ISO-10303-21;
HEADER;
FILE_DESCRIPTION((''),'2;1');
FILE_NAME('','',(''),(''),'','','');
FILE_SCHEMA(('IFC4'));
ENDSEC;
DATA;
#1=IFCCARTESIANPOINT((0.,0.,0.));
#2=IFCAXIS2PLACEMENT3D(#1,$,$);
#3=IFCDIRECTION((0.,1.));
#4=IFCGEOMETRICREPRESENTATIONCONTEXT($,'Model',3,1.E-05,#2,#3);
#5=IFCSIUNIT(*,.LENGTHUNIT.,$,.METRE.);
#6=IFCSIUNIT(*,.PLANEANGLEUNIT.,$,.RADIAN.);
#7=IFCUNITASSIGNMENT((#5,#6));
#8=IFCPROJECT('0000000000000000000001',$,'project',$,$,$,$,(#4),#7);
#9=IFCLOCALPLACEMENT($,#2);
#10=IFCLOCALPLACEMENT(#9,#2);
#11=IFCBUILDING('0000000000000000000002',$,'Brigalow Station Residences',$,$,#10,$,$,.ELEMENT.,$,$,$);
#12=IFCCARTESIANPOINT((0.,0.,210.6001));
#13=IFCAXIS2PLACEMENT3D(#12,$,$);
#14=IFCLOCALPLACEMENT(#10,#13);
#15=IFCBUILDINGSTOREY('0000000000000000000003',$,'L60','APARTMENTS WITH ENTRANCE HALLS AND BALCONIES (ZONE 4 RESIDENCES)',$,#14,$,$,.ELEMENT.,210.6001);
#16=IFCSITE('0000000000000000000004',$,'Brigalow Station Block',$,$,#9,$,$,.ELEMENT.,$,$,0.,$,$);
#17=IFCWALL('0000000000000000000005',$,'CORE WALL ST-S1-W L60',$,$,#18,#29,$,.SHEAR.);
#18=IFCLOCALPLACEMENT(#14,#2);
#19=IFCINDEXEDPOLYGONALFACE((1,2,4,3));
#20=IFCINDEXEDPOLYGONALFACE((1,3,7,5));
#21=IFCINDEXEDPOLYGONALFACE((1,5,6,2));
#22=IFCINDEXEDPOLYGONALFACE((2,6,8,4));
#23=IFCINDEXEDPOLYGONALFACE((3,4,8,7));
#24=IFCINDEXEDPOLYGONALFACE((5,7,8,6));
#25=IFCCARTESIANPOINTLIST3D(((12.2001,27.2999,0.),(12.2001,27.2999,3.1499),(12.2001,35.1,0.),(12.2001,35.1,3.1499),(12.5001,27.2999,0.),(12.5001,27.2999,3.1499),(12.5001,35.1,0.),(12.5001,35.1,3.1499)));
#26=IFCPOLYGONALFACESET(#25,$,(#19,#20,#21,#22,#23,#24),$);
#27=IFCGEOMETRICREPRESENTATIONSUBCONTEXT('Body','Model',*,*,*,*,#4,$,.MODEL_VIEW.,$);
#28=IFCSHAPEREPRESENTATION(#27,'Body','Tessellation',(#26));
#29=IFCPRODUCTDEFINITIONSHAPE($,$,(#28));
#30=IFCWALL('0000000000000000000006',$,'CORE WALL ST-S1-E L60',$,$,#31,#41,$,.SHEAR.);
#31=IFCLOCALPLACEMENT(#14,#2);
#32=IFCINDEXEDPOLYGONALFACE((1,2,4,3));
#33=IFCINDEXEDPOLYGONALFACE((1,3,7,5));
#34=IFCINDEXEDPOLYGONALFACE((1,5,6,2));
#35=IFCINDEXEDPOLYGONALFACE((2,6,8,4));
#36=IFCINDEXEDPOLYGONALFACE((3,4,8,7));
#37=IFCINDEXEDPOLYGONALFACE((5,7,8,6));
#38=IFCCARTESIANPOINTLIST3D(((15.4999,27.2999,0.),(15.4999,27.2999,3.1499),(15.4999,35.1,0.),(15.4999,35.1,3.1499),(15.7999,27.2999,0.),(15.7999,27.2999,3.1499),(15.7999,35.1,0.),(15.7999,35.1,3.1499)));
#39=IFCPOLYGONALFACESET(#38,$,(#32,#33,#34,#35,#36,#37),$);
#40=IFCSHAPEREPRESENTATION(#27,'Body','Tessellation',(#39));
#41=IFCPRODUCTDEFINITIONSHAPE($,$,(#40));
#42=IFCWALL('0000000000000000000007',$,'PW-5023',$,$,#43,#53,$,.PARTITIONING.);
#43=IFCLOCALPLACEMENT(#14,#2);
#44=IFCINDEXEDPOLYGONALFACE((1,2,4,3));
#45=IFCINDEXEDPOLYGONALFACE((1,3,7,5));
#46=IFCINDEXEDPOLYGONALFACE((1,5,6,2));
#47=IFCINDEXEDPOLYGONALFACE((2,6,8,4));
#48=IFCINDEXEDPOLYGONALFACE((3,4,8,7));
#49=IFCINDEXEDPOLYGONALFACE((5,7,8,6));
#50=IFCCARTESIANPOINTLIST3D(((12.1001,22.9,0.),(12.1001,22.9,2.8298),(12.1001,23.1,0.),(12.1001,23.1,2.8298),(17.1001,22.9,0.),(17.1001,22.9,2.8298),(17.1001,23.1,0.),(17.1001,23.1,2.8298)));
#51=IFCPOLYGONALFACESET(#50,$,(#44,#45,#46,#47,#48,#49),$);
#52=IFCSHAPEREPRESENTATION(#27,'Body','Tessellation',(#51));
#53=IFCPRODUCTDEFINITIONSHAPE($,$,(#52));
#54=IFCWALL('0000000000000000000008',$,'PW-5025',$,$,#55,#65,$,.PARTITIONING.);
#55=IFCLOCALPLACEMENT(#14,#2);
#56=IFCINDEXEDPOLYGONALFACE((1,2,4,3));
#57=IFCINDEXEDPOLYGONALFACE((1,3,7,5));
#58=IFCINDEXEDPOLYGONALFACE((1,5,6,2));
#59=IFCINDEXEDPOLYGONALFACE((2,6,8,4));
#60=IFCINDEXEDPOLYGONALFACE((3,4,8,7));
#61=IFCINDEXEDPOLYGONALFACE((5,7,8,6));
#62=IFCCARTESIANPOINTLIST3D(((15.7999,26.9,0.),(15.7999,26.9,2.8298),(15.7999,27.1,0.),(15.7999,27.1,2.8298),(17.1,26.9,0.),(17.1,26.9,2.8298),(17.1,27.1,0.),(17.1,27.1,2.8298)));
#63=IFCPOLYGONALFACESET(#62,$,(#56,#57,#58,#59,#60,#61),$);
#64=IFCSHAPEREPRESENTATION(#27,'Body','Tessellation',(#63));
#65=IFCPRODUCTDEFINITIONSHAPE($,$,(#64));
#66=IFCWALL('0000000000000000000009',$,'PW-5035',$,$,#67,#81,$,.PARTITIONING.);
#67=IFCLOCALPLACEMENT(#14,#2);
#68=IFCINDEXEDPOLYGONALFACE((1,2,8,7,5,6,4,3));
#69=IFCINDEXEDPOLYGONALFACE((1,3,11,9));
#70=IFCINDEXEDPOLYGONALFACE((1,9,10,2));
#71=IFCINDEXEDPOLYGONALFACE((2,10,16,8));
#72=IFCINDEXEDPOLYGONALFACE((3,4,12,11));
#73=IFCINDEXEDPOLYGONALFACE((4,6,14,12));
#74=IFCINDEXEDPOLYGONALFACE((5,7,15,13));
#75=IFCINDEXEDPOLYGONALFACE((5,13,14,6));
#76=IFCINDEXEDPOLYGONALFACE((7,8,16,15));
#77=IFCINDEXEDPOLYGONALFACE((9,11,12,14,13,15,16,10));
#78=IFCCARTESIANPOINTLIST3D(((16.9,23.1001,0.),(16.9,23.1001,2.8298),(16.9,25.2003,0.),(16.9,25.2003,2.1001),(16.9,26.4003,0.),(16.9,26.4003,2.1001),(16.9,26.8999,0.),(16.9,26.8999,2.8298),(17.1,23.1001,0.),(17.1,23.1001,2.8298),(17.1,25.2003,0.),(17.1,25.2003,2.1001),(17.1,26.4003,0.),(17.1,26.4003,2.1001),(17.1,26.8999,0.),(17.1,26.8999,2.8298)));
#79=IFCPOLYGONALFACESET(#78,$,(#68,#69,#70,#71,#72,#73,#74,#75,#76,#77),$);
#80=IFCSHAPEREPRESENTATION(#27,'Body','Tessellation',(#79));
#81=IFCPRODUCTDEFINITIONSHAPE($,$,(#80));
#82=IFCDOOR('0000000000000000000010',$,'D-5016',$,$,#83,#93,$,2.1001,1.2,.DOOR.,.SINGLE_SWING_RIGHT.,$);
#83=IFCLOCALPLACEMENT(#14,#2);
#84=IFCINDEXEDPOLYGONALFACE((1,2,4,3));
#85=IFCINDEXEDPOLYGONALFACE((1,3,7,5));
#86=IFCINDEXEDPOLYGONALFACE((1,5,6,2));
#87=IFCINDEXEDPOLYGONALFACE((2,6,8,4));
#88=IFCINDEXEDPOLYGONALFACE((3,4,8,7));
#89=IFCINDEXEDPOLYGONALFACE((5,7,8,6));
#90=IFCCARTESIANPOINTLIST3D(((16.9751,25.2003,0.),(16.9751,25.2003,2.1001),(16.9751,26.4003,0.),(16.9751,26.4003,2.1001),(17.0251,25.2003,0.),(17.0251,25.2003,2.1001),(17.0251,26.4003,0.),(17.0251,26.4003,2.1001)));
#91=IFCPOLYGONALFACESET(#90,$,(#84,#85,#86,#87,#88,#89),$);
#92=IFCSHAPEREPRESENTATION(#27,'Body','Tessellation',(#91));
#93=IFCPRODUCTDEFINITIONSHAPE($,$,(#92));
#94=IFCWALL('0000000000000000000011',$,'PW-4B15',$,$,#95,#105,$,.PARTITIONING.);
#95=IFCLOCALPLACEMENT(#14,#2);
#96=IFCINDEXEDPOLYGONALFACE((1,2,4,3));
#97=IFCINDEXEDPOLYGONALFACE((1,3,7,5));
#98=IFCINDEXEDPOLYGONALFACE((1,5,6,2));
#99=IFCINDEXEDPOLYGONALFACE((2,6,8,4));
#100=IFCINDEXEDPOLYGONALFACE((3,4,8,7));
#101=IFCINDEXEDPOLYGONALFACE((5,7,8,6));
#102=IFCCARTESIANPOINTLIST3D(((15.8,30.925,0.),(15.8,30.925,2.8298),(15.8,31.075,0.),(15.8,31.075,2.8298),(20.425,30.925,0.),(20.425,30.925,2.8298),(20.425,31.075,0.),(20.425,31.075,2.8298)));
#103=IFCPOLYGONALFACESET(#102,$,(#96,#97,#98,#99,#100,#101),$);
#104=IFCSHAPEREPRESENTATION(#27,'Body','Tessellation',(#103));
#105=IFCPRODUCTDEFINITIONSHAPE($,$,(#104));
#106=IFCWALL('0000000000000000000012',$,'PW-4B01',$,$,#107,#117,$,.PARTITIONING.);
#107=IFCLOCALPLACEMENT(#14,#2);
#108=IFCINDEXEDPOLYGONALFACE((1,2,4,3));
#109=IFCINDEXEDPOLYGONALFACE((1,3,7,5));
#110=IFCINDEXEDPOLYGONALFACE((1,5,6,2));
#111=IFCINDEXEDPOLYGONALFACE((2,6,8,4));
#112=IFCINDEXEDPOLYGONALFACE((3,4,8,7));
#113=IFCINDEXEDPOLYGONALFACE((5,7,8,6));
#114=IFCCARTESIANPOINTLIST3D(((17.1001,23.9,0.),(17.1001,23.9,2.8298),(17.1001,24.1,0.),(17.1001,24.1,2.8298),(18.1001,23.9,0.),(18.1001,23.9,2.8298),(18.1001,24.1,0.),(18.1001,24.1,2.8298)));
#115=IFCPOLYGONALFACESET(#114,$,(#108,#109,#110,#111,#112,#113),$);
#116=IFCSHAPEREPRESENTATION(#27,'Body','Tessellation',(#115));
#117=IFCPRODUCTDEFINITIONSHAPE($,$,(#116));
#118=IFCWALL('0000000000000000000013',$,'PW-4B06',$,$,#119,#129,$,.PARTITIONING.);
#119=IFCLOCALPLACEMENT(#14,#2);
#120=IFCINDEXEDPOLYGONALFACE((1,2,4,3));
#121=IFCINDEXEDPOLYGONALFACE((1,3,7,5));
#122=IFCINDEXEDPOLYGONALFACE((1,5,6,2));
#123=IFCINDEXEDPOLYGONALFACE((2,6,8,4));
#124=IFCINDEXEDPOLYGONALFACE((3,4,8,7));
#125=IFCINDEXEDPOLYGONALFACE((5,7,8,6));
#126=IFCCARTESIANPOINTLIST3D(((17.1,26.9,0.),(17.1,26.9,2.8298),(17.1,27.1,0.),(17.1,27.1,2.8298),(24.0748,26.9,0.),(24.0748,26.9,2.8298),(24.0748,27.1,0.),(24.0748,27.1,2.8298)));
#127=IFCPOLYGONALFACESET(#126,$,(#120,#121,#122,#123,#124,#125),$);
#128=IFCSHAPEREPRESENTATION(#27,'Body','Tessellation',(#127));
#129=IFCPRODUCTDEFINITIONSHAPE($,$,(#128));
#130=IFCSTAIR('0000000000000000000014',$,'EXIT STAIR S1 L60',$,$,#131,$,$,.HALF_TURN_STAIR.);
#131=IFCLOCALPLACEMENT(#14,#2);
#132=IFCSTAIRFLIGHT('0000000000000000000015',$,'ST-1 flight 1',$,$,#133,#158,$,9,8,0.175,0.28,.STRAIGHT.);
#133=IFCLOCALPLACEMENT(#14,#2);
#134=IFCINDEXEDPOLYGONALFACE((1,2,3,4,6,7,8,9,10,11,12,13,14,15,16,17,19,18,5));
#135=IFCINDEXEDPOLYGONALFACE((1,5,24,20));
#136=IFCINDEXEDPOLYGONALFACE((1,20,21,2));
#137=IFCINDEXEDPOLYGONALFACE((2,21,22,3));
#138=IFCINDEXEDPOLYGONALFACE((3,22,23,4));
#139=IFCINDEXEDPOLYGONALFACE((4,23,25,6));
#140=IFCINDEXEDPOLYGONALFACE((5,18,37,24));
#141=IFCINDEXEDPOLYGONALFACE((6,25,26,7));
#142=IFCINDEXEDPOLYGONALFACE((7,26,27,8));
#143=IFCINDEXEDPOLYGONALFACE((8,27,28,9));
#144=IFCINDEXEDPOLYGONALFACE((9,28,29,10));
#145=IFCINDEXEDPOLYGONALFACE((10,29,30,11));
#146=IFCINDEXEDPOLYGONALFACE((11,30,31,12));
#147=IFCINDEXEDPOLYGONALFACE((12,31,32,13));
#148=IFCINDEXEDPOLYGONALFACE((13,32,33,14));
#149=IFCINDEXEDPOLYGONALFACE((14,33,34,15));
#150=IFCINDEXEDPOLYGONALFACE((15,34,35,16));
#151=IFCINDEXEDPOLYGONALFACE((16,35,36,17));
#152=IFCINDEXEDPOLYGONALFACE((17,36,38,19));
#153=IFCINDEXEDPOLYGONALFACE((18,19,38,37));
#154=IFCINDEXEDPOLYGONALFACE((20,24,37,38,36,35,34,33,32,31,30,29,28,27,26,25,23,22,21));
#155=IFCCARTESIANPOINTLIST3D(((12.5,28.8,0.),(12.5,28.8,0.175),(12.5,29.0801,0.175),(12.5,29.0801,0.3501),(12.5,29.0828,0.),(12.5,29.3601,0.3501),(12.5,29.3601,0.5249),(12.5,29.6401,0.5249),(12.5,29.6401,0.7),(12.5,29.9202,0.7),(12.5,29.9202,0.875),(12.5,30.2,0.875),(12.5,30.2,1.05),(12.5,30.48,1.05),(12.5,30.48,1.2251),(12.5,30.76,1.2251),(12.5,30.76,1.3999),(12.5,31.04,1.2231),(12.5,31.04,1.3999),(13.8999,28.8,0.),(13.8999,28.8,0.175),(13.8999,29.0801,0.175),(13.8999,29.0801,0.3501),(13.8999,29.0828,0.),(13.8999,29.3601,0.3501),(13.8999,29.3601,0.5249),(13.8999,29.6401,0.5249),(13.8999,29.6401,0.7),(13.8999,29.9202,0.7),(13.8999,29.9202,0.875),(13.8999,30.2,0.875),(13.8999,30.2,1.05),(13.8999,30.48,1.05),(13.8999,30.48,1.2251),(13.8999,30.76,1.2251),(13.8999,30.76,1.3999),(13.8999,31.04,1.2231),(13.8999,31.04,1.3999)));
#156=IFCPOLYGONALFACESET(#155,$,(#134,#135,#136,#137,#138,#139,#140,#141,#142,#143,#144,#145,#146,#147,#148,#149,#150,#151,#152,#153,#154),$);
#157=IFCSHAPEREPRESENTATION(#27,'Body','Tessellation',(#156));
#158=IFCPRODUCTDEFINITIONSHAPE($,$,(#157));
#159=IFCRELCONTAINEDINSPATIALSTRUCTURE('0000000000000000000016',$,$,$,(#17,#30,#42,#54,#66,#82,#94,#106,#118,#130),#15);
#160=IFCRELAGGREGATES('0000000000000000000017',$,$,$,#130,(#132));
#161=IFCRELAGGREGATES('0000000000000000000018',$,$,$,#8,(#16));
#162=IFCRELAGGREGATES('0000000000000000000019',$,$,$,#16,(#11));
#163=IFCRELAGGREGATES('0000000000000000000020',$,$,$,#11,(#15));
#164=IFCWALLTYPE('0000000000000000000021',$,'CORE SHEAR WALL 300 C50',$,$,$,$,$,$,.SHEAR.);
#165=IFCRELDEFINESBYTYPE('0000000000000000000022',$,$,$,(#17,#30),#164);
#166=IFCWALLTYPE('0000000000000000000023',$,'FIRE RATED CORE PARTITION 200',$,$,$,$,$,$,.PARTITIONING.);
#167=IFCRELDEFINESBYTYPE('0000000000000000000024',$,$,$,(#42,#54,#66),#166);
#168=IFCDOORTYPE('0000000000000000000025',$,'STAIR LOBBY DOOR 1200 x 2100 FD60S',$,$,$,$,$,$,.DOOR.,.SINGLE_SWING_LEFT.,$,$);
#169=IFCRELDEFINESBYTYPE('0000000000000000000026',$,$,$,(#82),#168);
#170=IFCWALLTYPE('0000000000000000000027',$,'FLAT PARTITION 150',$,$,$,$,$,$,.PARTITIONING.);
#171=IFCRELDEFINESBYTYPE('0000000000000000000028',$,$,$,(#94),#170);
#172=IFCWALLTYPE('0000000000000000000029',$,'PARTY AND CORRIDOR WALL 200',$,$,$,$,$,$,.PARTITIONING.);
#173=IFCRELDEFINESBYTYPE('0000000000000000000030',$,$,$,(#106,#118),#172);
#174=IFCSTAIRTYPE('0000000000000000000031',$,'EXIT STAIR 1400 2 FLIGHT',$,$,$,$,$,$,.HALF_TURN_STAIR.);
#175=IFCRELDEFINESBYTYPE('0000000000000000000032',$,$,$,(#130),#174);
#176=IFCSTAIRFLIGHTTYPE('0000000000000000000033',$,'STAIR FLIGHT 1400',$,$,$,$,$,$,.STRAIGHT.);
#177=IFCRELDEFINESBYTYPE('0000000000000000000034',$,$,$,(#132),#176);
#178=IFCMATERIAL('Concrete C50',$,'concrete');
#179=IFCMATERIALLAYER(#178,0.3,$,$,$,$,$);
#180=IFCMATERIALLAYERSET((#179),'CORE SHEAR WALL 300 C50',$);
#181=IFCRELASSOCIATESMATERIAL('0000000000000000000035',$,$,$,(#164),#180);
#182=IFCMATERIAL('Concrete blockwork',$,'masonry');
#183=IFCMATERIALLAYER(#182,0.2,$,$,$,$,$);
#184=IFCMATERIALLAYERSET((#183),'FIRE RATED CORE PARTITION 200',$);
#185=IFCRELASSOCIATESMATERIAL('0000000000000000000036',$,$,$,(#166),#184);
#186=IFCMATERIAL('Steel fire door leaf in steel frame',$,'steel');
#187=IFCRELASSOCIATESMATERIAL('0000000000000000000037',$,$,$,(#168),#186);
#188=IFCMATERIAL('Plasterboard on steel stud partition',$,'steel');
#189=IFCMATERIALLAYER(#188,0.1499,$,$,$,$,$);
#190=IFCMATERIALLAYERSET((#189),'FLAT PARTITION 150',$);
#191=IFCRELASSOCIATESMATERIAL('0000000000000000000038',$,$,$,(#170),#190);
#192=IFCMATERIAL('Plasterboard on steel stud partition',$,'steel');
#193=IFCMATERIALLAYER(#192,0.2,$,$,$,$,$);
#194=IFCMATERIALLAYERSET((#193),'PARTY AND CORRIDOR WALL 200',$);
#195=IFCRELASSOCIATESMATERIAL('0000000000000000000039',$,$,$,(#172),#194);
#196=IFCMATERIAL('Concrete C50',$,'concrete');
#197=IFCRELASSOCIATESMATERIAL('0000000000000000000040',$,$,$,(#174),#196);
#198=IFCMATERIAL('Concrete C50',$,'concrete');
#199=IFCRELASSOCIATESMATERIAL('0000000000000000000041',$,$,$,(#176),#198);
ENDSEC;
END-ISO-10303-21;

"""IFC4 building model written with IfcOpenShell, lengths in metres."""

from ifc_helpers import new_model, si_unit, direction, frame, frame_2d, origin, place, context, subcontext, project, spatial, polyline, rectangle, outline, extrude, material, layer, layer_set, type_object, element, fill, aggregate, save


model = new_model("IFC4")

# Units and contexts
model_context = context("Model", 3, precision=1e-05, world=origin(), true_north=direction((0.0, 1.0)))
body_context = subcontext(model_context, "Body", "Model", "MODEL_VIEW")
ifc_project = project(units=[si_unit("LENGTHUNIT", "METRE"), si_unit("PLANEANGLEUNIT", "RADIAN")], contexts=[model_context])

# Site, building, storey
site_placement = place(None, origin())
site = spatial("IfcSite", under=ifc_project, at=site_placement, Name="Brigalow Station Block", CompositionType="ELEMENT", RefElevation=0.0)
building_placement = place(site_placement, origin())
building = spatial("IfcBuilding", under=site, at=building_placement, Name="Brigalow Station Residences", CompositionType="ELEMENT")
storey_placement = place(building_placement, frame((0.0, 0.0, 210.6001)))
storey = spatial("IfcBuildingStorey", under=building, at=storey_placement, Name="L60", Description="APARTMENTS WITH ENTRANCE HALLS AND BALCONIES (ZONE 4 RESIDENCES)", CompositionType="ELEMENT", Elevation=210.6001)

# Shared definitions
ifc_material_1 = material(Name="Concrete C50", Category="concrete")
ifc_layer_1 = layer(ifc_material_1, 0.3)
ifc_layer_set_1 = layer_set([ifc_layer_1], Name="CORE SHEAR WALL 300 C50")
wall_type_1 = type_object("IfcWallType", Name="CORE SHEAR WALL 300 C50", PredefinedType="SHEAR", material=ifc_layer_set_1)

# Walls
for number, where, z_axis, x_axis, name in (
    (1, (12.3501, 27.3, 0.0), (0.0, 0.0, 1.0), (0.0, 1.0, 0.0), "CORE WALL ST-S1-W L60"),
    (2, (15.6499, 27.3, 0.0), (0.0, 0.0, 1.0), (0.0, 1.0, 0.0), "CORE WALL ST-S1-E L60"),
):
    element("IfcWall", number, at=place(storey_placement, frame(where, z_axis=z_axis, x_axis=x_axis)), inside=storey, type_object=wall_type_1, Name=name, PredefinedType="SHEAR", context=body_context, shape_type="SweptSolid", body=[
        extrude(rectangle(XDim=7.8, YDim=0.3, at=frame_2d((3.8999, 0.0))), origin(), (0.0, 0.0, 1.0), 3.1499),
    ])
ifc_material_2 = material(Name="Concrete blockwork", Category="masonry")
ifc_layer_2 = layer(ifc_material_2, 0.2)
ifc_layer_set_2 = layer_set([ifc_layer_2], Name="FIRE RATED CORE PARTITION 200")
wall_type_2 = type_object("IfcWallType", Name="FIRE RATED CORE PARTITION 200", PredefinedType="PARTITIONING", material=ifc_layer_set_2)
wall_1_placement = place(storey_placement, frame((12.1001, 23.0, 0.0), z_axis=(0.0, 0.0, 1.0), x_axis=(1.0, 0.0, 0.0)))
element("IfcWall", 3, at=wall_1_placement, inside=storey, type_object=wall_type_2, Name="PW-5023", PredefinedType="PARTITIONING", context=body_context, shape_type="SweptSolid", body=[
    extrude(rectangle(XDim=5.0, YDim=0.2, at=frame_2d((2.5, 0.0))), origin(), (0.0, 0.0, 1.0), 2.8298),
])
wall_2_placement = place(storey_placement, frame((15.8, 27.0, 0.0), z_axis=(0.0, 0.0, 1.0), x_axis=(1.0, 0.0, 0.0)))
element("IfcWall", 4, at=wall_2_placement, inside=storey, type_object=wall_type_2, Name="PW-5025", PredefinedType="PARTITIONING", context=body_context, shape_type="SweptSolid", body=[
    extrude(rectangle(XDim=1.3, YDim=0.2, at=frame_2d((0.6499, 0.0))), origin(), (0.0, 0.0, 1.0), 2.8298),
])

# Wall, opening, door
wall_3_placement = place(storey_placement, frame((17.0, 23.1001, 0.0), z_axis=(0.0, 0.0, 1.0), x_axis=(0.0, 1.0, 0.0)))
wall_3 = element("IfcWall", 5, at=wall_3_placement, inside=storey, type_object=wall_type_2, Name="PW-5035", PredefinedType="PARTITIONING", context=body_context, shape_type="SweptSolid", body=[
    extrude(rectangle(XDim=3.7998, YDim=0.2, at=frame_2d((1.8999, 0.0))), origin(), (0.0, 0.0, 1.0), 2.8298),
])
opening_1_placement = place(wall_3_placement, frame((2.1001, 0.0, 0.0)))
opening_1 = element("IfcOpeningElement", 6, at=opening_1_placement, cuts=wall_3, PredefinedType="OPENING", context=body_context, shape_type="SweptSolid", body=[
    extrude(rectangle(XDim=1.2, YDim=2.1001, at=frame_2d((0.6001, 1.05))), frame((0.0, 0.1099, 0.0), z_axis=(0.0, -1.0, 0.0), x_axis=(1.0, 0.0, 0.0)), (0.0, 0.0, 1.0), 0.22),
])
ifc_material_3 = material(Name="Steel fire door leaf in steel frame", Category="steel")
door_type_1 = type_object("IfcDoorType", Name="STAIR LOBBY DOOR 1200 x 2100 FD60S", OperationType="SINGLE_SWING_LEFT", PredefinedType="DOOR", material=ifc_material_3)
door_1_placement = place(opening_1_placement, origin())
door_1 = element("IfcDoor", 7, at=door_1_placement, inside=storey, type_object=door_type_1, Name="D-5016", OperationType="SINGLE_SWING_RIGHT", OverallHeight=2.1001, OverallWidth=1.2, PredefinedType="DOOR", context=body_context, shape_type="SweptSolid", body=[
    extrude(rectangle(XDim=1.2, YDim=2.1001, at=frame_2d((0.6001, 1.05))), frame((0.0, 0.0249, 0.0), z_axis=(0.0, -1.0, 0.0), x_axis=(1.0, 0.0, 0.0)), (0.0, 0.0, 1.0), 0.05),
])
fill(opening_1, door_1)

# Walls
ifc_material_4 = material(Name="Plasterboard on steel stud partition", Category="steel")
ifc_layer_3 = layer(ifc_material_4, 0.1499)
ifc_layer_set_3 = layer_set([ifc_layer_3], Name="FLAT PARTITION 150")
wall_type_3 = type_object("IfcWallType", Name="FLAT PARTITION 150", PredefinedType="PARTITIONING", material=ifc_layer_set_3)
wall_4_placement = place(storey_placement, frame((15.8, 31.0, 0.0), z_axis=(0.0, 0.0, 1.0), x_axis=(1.0, 0.0, 0.0)))
element("IfcWall", 8, at=wall_4_placement, inside=storey, type_object=wall_type_3, Name="PW-4B15", PredefinedType="PARTITIONING", context=body_context, shape_type="SweptSolid", body=[
    extrude(rectangle(XDim=4.625, YDim=0.1499, at=frame_2d((2.3125, 0.0))), origin(), (0.0, 0.0, 1.0), 2.8298),
])
ifc_material_5 = material(Name="Plasterboard on steel stud partition", Category="steel")
ifc_layer_4 = layer(ifc_material_5, 0.2)
ifc_layer_set_4 = layer_set([ifc_layer_4], Name="PARTY AND CORRIDOR WALL 200")
wall_type_4 = type_object("IfcWallType", Name="PARTY AND CORRIDOR WALL 200", PredefinedType="PARTITIONING", material=ifc_layer_set_4)
wall_5_placement = place(storey_placement, frame((17.1001, 24.0, 0.0), z_axis=(0.0, 0.0, 1.0), x_axis=(1.0, 0.0, 0.0)))
element("IfcWall", 9, at=wall_5_placement, inside=storey, type_object=wall_type_4, Name="PW-4B01", PredefinedType="PARTITIONING", context=body_context, shape_type="SweptSolid", body=[
    extrude(rectangle(XDim=1.0, YDim=0.2, at=frame_2d((0.5, 0.0))), origin(), (0.0, 0.0, 1.0), 2.8298),
])
wall_6_placement = place(storey_placement, frame((17.1001, 27.0, 0.0), z_axis=(0.0, 0.0, 1.0), x_axis=(1.0, 0.0, 0.0)))
element("IfcWall", 10, at=wall_6_placement, inside=storey, type_object=wall_type_4, Name="PW-4B06", PredefinedType="PARTITIONING", context=body_context, shape_type="SweptSolid", body=[
    extrude(rectangle(XDim=6.9749, YDim=0.2, at=frame_2d((3.4873, 0.0))), origin(), (0.0, 0.0, 1.0), 2.8298),
])

# Stair, stair flight
ifc_material_6 = material(Name="Concrete C50", Category="concrete")
stair_type = type_object("IfcStairType", Name="EXIT STAIR 1400 2 FLIGHT", PredefinedType="HALF_TURN_STAIR", material=ifc_material_6)
stair_placement = place(storey_placement, origin())
stair = element("IfcStair", 11, at=stair_placement, inside=storey, type_object=stair_type, Name="EXIT STAIR S1 L60", PredefinedType="HALF_TURN_STAIR")
ifc_material_7 = material(Name="Concrete C50", Category="concrete")
stair_flight_type = type_object("IfcStairFlightType", Name="STAIR FLIGHT 1400", PredefinedType="STRAIGHT", material=ifc_material_7)
stair_flight_placement = place(storey_placement, frame((13.2, 28.8, 0.0), z_axis=(0.0, 0.0, 1.0), x_axis=(0.0, 1.0, 0.0)))
stair_flight = element("IfcStairFlight", 12, at=stair_flight_placement, type_object=stair_flight_type, Name="ST-1 flight 1", NumberOfRisers=9, NumberOfTreads=8, PredefinedType="STRAIGHT", RiserHeight=0.175, TreadLength=0.28, context=body_context, shape_type="SweptSolid", body=[
    extrude(outline(polyline([(0.0, 0.0), (0.0, 0.175), (0.28, 0.175), (0.28, 0.3501), (0.5601, 0.3501), (0.5601, 0.5249), (0.8401, 0.5249), (0.8401, 0.7), (1.1201, 0.7), (1.1201, 0.875), (1.3999, 0.875), (1.3999, 1.05), (1.6799, 1.05), (1.6799, 1.2251), (1.96, 1.2251), (1.96, 1.3999), (2.24, 1.3999), (2.24, 1.575), (2.24, 1.2231), (0.2827, 0.0), (0.0, 0.0)])), frame((0.0, 0.7, 0.0), z_axis=(0.0, -1.0, 0.0), x_axis=(1.0, 0.0, 0.0)), (0.0, 0.0, 1.0), 1.3999),
])
aggregate(stair, [stair_flight])

save(model, "model.ifc")
